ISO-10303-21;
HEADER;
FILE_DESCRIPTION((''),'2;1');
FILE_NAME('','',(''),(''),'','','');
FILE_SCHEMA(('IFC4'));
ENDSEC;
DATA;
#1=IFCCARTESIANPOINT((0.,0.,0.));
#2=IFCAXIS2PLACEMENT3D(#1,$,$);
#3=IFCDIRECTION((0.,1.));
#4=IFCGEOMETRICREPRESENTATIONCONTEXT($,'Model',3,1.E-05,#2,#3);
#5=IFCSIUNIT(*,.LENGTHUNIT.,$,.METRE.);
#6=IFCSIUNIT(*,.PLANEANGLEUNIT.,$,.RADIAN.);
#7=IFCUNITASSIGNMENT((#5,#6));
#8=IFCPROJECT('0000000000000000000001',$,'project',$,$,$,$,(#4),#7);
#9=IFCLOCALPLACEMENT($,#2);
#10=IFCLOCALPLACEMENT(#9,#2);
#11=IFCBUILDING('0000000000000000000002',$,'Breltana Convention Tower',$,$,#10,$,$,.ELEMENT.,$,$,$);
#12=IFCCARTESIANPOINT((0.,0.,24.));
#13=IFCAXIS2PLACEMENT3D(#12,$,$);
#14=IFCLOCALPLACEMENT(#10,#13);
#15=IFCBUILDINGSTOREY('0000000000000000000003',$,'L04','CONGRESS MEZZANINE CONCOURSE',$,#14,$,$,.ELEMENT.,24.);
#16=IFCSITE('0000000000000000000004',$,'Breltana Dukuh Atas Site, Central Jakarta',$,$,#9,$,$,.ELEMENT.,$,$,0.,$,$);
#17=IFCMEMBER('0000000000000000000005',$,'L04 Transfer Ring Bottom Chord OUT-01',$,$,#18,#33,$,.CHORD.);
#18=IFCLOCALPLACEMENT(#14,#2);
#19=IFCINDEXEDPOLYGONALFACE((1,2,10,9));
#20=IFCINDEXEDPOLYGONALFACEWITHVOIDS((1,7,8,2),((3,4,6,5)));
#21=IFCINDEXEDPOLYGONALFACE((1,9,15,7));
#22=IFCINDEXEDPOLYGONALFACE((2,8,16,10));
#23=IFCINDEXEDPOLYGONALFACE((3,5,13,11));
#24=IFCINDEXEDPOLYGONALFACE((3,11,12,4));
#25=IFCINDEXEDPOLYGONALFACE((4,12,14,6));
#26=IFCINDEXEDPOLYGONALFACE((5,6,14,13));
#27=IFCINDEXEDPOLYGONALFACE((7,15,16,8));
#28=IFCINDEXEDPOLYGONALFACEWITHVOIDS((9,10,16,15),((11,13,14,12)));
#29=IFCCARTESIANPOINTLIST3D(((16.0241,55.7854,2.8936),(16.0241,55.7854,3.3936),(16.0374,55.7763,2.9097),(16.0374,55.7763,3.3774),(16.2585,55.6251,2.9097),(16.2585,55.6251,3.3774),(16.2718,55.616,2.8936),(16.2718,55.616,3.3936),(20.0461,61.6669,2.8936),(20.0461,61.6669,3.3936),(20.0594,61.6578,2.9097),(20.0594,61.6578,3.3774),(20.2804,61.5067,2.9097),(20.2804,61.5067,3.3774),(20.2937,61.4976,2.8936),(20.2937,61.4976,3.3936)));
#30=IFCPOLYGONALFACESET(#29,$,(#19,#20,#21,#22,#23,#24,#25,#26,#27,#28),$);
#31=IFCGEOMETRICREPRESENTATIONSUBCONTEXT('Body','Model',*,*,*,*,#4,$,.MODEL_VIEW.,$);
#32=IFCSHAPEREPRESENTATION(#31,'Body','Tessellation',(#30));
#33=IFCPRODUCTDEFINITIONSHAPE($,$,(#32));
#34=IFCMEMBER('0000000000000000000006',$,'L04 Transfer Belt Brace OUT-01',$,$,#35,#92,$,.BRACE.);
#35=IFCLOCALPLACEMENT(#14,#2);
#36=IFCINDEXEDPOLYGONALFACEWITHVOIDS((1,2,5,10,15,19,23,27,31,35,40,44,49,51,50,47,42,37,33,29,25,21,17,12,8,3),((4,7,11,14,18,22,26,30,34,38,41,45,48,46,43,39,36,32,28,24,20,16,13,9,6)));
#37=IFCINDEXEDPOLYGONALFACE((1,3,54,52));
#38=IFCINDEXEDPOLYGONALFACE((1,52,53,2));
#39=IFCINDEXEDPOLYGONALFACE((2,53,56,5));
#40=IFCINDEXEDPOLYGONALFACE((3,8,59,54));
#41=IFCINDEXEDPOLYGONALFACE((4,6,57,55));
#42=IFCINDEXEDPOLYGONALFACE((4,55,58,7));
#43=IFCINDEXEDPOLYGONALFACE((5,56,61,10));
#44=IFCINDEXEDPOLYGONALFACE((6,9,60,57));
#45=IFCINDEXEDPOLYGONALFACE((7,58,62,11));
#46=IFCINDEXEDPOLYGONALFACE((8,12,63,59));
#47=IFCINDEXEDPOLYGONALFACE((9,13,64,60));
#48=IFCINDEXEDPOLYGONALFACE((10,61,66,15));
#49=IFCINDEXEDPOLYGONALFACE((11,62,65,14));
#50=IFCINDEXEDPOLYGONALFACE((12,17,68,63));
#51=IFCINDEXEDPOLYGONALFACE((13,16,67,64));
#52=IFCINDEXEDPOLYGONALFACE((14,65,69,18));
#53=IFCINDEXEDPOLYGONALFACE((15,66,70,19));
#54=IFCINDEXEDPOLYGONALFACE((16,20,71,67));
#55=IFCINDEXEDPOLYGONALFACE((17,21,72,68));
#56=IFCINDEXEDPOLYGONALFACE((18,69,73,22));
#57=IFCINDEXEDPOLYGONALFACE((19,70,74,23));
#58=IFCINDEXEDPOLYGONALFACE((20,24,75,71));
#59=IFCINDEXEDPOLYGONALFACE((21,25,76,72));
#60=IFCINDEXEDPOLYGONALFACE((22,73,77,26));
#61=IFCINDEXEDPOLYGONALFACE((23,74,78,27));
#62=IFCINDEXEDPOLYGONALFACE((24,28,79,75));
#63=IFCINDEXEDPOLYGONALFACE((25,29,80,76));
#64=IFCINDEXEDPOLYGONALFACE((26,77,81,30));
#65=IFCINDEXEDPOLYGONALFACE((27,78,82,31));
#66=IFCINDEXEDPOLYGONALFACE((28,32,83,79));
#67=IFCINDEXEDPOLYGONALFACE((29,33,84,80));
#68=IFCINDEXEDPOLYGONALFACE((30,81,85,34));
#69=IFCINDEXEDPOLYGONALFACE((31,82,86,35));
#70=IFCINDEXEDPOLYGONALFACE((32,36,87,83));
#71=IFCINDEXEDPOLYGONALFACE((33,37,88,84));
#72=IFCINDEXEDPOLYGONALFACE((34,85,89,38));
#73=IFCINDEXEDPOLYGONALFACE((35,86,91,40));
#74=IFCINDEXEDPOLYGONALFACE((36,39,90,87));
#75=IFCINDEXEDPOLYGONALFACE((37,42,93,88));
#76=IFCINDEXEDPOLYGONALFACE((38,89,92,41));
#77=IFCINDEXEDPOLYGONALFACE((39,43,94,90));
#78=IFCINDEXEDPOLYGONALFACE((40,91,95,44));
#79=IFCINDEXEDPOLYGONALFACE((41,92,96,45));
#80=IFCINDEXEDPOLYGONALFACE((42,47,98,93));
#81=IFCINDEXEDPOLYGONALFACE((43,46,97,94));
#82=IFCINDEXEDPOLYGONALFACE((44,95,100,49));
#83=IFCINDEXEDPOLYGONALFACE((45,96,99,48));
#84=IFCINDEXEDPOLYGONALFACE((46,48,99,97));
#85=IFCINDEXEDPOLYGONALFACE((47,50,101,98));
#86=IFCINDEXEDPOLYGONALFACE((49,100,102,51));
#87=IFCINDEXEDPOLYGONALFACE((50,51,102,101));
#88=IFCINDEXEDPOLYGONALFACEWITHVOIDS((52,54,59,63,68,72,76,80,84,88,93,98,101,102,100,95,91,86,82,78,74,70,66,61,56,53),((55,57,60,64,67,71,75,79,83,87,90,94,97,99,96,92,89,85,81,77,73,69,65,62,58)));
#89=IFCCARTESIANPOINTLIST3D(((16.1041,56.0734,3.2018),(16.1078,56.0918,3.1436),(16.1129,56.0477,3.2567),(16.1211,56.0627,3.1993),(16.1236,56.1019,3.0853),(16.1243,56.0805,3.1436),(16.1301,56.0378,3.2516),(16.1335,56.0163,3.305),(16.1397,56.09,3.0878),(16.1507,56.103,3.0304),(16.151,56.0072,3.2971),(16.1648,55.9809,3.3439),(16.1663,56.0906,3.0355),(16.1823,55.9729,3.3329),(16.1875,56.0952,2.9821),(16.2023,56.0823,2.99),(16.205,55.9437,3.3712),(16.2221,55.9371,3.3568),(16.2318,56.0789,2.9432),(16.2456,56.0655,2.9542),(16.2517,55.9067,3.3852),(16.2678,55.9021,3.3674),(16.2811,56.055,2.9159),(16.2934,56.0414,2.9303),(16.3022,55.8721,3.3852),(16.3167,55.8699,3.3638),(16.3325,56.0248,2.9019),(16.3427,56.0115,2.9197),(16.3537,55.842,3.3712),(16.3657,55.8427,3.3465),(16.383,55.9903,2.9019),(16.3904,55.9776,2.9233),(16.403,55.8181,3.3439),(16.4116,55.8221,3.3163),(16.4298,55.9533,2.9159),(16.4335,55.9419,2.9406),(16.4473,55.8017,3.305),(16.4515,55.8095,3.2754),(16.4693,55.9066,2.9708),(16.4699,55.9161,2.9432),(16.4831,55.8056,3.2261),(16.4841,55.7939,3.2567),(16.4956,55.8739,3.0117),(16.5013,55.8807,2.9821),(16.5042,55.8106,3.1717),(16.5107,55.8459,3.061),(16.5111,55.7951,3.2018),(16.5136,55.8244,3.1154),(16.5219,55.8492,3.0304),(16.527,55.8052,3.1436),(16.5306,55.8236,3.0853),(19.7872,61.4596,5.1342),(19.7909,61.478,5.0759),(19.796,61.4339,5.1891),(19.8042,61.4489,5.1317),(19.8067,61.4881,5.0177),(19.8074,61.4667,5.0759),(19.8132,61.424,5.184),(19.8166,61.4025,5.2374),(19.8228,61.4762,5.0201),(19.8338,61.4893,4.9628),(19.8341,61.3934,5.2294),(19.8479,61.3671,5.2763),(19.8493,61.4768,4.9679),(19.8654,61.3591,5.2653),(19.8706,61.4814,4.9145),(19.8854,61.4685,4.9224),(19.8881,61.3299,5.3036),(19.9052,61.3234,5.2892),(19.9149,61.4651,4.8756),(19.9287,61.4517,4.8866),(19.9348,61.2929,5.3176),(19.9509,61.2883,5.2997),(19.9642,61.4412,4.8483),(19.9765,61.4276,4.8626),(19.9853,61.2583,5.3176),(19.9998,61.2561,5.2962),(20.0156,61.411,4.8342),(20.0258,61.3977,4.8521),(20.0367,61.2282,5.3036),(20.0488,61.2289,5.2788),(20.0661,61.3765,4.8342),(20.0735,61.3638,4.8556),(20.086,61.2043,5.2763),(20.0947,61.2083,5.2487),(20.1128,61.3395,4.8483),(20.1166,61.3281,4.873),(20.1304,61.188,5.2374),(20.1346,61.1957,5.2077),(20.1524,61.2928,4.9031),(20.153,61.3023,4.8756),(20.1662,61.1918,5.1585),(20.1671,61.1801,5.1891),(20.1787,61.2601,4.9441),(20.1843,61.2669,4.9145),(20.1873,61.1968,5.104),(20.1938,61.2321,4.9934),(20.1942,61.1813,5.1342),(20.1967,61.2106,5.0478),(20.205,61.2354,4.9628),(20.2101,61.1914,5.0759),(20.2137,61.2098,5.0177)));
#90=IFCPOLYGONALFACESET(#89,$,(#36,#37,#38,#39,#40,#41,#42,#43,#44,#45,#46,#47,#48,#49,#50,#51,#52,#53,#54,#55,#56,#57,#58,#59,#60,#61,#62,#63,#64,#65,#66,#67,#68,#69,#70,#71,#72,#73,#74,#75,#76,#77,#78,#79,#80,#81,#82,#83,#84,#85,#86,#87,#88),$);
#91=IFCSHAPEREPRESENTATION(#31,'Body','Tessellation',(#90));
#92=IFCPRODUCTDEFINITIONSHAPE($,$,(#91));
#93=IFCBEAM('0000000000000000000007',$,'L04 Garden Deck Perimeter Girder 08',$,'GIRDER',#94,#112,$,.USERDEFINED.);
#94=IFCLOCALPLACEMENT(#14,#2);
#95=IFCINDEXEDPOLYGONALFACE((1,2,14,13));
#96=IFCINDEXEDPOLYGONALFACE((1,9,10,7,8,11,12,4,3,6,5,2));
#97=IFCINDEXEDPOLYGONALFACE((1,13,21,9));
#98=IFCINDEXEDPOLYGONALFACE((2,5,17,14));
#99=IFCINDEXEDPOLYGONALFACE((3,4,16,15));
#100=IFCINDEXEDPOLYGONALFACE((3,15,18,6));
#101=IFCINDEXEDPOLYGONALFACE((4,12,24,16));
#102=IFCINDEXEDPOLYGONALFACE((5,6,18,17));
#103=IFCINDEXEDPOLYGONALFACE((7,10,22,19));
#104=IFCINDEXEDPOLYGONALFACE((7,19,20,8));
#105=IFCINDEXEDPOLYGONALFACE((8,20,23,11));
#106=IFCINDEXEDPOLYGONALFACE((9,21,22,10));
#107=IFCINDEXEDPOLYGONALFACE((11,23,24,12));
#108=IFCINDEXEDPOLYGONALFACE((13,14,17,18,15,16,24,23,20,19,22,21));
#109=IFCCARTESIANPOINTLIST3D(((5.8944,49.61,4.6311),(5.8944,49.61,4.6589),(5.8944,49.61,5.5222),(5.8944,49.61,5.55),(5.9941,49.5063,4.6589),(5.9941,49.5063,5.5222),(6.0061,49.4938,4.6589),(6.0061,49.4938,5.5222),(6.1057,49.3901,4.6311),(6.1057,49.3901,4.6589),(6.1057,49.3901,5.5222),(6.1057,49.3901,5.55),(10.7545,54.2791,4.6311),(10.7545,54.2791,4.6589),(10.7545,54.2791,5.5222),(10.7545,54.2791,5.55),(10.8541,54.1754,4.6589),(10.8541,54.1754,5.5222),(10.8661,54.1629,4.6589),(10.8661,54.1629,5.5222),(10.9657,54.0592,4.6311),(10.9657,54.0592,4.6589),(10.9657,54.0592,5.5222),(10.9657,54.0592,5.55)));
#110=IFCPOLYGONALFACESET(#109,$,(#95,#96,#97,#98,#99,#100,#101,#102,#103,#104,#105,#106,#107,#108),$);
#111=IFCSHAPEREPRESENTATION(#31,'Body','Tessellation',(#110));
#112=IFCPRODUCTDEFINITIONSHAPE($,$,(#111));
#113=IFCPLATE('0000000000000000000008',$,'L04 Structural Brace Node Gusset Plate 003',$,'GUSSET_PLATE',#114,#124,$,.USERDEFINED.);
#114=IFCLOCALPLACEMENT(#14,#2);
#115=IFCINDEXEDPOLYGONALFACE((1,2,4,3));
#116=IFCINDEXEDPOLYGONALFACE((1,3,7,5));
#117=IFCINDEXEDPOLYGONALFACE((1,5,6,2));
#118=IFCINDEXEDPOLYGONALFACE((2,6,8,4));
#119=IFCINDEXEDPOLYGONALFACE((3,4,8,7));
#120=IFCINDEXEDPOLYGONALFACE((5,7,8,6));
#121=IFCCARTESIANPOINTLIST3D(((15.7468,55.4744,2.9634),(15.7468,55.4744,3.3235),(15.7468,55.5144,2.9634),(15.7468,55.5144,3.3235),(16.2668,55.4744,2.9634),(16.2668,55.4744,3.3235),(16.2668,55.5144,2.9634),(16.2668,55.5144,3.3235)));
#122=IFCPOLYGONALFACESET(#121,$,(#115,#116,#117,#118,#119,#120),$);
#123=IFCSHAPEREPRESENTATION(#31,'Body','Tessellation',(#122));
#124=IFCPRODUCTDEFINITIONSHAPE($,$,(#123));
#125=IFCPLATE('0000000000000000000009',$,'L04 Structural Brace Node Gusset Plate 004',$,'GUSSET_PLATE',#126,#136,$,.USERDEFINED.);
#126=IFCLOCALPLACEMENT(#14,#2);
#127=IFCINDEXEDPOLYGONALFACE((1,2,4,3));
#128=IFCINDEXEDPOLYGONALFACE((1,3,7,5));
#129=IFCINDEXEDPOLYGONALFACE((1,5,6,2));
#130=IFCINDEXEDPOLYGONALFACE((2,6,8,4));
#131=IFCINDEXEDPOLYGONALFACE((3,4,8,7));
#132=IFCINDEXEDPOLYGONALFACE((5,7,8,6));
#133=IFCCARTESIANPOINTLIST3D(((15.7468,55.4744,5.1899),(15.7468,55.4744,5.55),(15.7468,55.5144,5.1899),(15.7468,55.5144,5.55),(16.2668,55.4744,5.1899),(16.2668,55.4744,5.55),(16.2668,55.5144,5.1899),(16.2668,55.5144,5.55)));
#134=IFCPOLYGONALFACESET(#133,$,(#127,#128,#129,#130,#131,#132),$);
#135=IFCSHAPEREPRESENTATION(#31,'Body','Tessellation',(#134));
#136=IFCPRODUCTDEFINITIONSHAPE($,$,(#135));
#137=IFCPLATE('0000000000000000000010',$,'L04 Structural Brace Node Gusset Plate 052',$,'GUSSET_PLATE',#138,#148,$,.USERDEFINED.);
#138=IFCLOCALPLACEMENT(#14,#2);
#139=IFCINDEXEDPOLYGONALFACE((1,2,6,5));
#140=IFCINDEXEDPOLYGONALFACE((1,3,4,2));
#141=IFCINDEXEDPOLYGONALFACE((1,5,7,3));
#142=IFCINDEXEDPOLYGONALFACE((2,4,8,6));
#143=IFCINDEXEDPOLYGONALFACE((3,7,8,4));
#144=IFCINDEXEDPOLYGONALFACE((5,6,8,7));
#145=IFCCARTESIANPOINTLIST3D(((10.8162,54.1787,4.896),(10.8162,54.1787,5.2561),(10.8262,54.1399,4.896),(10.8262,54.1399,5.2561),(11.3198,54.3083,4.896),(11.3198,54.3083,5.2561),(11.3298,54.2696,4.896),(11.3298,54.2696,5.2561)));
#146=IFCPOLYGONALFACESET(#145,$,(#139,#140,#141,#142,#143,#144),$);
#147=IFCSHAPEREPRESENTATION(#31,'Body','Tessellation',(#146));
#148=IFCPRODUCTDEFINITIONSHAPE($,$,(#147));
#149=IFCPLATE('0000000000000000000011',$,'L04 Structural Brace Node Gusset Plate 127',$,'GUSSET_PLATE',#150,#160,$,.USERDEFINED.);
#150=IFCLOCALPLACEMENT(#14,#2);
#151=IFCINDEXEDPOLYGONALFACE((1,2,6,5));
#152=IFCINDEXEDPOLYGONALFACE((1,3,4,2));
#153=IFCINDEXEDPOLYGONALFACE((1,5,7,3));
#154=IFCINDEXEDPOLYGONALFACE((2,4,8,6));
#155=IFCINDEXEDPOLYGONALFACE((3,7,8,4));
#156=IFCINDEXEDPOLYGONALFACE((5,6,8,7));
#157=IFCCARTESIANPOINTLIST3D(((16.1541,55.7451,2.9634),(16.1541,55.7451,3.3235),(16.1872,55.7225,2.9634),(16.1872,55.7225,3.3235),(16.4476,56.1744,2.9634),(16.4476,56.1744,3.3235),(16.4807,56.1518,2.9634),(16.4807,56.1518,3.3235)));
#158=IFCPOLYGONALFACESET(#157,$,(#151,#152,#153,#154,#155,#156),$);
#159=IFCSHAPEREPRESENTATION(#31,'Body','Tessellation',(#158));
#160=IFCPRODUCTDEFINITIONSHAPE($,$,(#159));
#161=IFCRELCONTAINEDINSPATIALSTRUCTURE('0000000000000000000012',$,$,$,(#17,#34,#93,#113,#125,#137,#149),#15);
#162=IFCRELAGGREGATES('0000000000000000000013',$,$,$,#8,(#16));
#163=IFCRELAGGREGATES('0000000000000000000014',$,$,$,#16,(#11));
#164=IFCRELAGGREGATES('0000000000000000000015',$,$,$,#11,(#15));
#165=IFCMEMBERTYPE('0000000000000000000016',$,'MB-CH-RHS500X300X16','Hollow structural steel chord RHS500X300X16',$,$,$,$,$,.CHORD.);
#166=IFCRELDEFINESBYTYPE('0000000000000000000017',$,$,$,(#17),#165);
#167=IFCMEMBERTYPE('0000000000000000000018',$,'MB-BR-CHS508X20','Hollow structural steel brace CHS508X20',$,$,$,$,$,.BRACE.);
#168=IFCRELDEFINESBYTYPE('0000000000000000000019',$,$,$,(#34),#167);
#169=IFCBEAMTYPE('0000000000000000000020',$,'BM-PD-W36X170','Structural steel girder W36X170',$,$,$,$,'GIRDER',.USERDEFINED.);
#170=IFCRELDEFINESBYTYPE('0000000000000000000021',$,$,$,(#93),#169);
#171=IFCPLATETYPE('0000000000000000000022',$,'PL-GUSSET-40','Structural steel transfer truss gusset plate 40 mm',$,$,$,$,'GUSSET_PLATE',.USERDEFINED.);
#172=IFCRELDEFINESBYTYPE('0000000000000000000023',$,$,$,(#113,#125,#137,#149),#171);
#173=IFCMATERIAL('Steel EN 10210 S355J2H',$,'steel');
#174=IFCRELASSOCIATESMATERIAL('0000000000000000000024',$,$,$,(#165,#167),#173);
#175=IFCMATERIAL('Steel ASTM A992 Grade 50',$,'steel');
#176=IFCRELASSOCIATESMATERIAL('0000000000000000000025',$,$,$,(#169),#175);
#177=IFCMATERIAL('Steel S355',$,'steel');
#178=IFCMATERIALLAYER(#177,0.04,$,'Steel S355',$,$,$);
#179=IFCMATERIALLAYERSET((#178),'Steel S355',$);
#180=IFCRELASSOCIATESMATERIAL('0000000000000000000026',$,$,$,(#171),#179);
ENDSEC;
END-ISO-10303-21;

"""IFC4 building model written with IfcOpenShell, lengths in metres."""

from ifc_helpers import new_model, si_unit, direction, frame, origin, origin_2d, place, context, subcontext, project, spatial, rectangle, hollow_rectangle, hollow_circle, i_section, extrude, source, transform, mapped, material, layer, layer_set, material_profile, profile_set, type_object, type_shapes, element, save


model = new_model("IFC4")

# Units and contexts
model_context = context("Model", 3, precision=1e-05, world=origin(), true_north=direction((0.0, 1.0)))
body_context = subcontext(model_context, "Body", "Model", "MODEL_VIEW")
ifc_project = project(units=[si_unit("LENGTHUNIT", "METRE"), si_unit("PLANEANGLEUNIT", "RADIAN")], contexts=[model_context])

# Site, building, storey
site_placement = place(None, origin())
site = spatial("IfcSite", under=ifc_project, at=site_placement, Name="Breltana Dukuh Atas Site, Central Jakarta", CompositionType="ELEMENT", RefElevation=0.0)
building_placement = place(site_placement, origin())
building = spatial("IfcBuilding", under=site, at=building_placement, Name="Breltana Convention Tower", CompositionType="ELEMENT")
storey_placement = place(building_placement, frame((0.0, 0.0, 24.0)))
storey = spatial("IfcBuildingStorey", under=building, at=storey_placement, Name="L04", Description="CONGRESS MEZZANINE CONCOURSE", CompositionType="ELEMENT", Elevation=24.0)

# Shared definitions
ifc_material_1 = material(Name="Steel ASTM A992 Grade 50", Category="steel")

# Shared definitions
ifc_material_2 = material(Name="Steel EN 10210 S355J2H", Category="steel")

# Members
ifc_material_profile_1 = material_profile(ifc_material_2, hollow_rectangle(XDim=0.3, YDim=0.5, WallThickness=0.0161, at=origin_2d()), Name="RHS500X300X16")
ifc_profile_set_1 = profile_set([ifc_material_profile_1], Name="Steel EN 10210 S355J2H")
member_type_1 = type_object("IfcMemberType", Name="MB-CH-RHS500X300X16", Description="Hollow structural steel chord RHS500X300X16", PredefinedType="CHORD", material=ifc_profile_set_1)
shared_shape_1 = source(origin(), body_context, "Body", "SweptSolid", [
    extrude(hollow_rectangle(XDim=0.3, YDim=0.5, WallThickness=0.0161, at=origin_2d()), origin(), (0.0, 0.0, 1.0), 7.1252),
])
member_1_placement = place(storey_placement, frame((16.1479, 55.7007, 3.1436), z_axis=(0.564466, 0.825456, 0.0), x_axis=(-0.825456, 0.564466, 0.0)))
element("IfcMember", 1, at=member_1_placement, inside=storey, type_object=member_type_1, Name="L04 Transfer Ring Bottom Chord OUT-01", PredefinedType="CHORD", context=body_context, shape_type="MappedRepresentation", body=[
    mapped(shared_shape_1, transform((0.0, 0.0, 0.0), scale=1.0)),
])
ifc_material_profile_2 = material_profile(ifc_material_2, hollow_circle(Radius=0.2539, WallThickness=0.02, at=origin_2d()), Name="CHS508X20")
ifc_profile_set_2 = profile_set([ifc_material_profile_2], Name="Steel EN 10210 S355J2H")
member_type_2 = type_object("IfcMemberType", Name="MB-BR-CHS508X20", Description="Hollow structural steel brace CHS508X20", PredefinedType="BRACE", material=ifc_profile_set_2)
shared_shape_2 = source(origin(), body_context, "Body", "SweptSolid", [
    extrude(hollow_circle(Radius=0.2539, WallThickness=0.02, at=origin_2d()), origin(), (0.0, 0.0, 1.0), 6.8052),
])
member_2_placement = place(storey_placement, frame((16.3174, 55.9485, 3.1436), z_axis=(0.541219, 0.791487, 0.283955), x_axis=(-0.825465, 0.564453, 0.0)))
element("IfcMember", 2, at=member_2_placement, inside=storey, type_object=member_type_2, Name="L04 Transfer Belt Brace OUT-01", PredefinedType="BRACE", context=body_context, shape_type="MappedRepresentation", body=[
    mapped(shared_shape_2, transform((0.0, 0.0, 0.0), scale=1.0)),
])

# Beam
ifc_material_profile_3 = material_profile(ifc_material_1, i_section(OverallWidth=0.3049, OverallDepth=0.9189, WebThickness=0.0173, FlangeThickness=0.0278, at=origin_2d()), Name="W36X170")
ifc_profile_set_3 = profile_set([ifc_material_profile_3], Name="Steel ASTM A992 Grade 50")
beam_type_1 = type_object("IfcBeamType", Name="BM-PD-W36X170", Description="Structural steel girder W36X170", ElementType="GIRDER", PredefinedType="USERDEFINED", material=ifc_profile_set_3)
shared_shape_3 = source(origin(), body_context, "Body", "SweptSolid", [
    extrude(i_section(OverallWidth=0.3049, OverallDepth=0.9189, WebThickness=0.0173, FlangeThickness=0.0278, at=origin_2d()), origin(), (0.0, 0.0, 1.0), 6.7395),
])
type_shapes(beam_type_1, [shared_shape_3])
beam_1_placement = place(storey_placement, frame((10.8601, 54.1692, 5.0906), z_axis=(-0.721129, -0.692801, 0.0), x_axis=(0.692801, -0.721129, 0.0)))
element("IfcBeam", 3, at=beam_1_placement, inside=storey, type_object=beam_type_1, Name="L04 Garden Deck Perimeter Girder 08", ObjectType="GIRDER", PredefinedType="USERDEFINED", context=body_context, shape_type="MappedRepresentation", body=[
    mapped(shared_shape_3, transform((0.0, 0.0, 0.0), scale=1.0)),
])

# Plates
ifc_material_3 = material(Name="Steel S355", Category="steel")
ifc_layer_1 = layer(ifc_material_3, 0.04, Name="Steel S355")
ifc_layer_set_1 = layer_set([ifc_layer_1], Name="Steel S355")
plate_type = type_object("IfcPlateType", Name="PL-GUSSET-40", Description="Structural steel transfer truss gusset plate 40 mm", ElementType="GUSSET_PLATE", PredefinedType="USERDEFINED", material=ifc_layer_set_1)
shared_shape_4 = source(origin(), body_context, "Body", "SweptSolid", [
    extrude(rectangle(XDim=0.52, YDim=0.04, at=origin_2d()), origin(), (0.0, 0.0, 1.0), 0.3601),
])
for number, where, z_axis, x_axis, name in (
    (4, (16.0068, 55.4944, 2.9634), (0.0, 0.0, 1.0), (1.0, 0.0, 0.0), "L04 Structural Brace Node Gusset Plate 003"),
    (5, (16.0068, 55.4944, 5.1899), (0.0, 0.0, 1.0), (1.0, 0.0, 0.0), "L04 Structural Brace Node Gusset Plate 004"),
    (6, (11.073, 54.2241, 4.896), (0.0, 0.0, 1.0), (-0.968409, -0.249366, 0.0), "L04 Structural Brace Node Gusset Plate 052"),
    (7, (16.3174, 55.9485, 2.9634), (0.0, 0.0, 1.0), (0.564391, 0.825508, 0.0), "L04 Structural Brace Node Gusset Plate 127"),
):
    element("IfcPlate", number, at=place(storey_placement, frame(where, z_axis=z_axis, x_axis=x_axis)), inside=storey, type_object=plate_type, Name=name, ObjectType="GUSSET_PLATE", PredefinedType="USERDEFINED", context=body_context, shape_type="MappedRepresentation", body=[
        mapped(shared_shape_4, transform((0.0, 0.0, 0.0), scale=1.0)),
    ])

save(model, "model.ifc")
